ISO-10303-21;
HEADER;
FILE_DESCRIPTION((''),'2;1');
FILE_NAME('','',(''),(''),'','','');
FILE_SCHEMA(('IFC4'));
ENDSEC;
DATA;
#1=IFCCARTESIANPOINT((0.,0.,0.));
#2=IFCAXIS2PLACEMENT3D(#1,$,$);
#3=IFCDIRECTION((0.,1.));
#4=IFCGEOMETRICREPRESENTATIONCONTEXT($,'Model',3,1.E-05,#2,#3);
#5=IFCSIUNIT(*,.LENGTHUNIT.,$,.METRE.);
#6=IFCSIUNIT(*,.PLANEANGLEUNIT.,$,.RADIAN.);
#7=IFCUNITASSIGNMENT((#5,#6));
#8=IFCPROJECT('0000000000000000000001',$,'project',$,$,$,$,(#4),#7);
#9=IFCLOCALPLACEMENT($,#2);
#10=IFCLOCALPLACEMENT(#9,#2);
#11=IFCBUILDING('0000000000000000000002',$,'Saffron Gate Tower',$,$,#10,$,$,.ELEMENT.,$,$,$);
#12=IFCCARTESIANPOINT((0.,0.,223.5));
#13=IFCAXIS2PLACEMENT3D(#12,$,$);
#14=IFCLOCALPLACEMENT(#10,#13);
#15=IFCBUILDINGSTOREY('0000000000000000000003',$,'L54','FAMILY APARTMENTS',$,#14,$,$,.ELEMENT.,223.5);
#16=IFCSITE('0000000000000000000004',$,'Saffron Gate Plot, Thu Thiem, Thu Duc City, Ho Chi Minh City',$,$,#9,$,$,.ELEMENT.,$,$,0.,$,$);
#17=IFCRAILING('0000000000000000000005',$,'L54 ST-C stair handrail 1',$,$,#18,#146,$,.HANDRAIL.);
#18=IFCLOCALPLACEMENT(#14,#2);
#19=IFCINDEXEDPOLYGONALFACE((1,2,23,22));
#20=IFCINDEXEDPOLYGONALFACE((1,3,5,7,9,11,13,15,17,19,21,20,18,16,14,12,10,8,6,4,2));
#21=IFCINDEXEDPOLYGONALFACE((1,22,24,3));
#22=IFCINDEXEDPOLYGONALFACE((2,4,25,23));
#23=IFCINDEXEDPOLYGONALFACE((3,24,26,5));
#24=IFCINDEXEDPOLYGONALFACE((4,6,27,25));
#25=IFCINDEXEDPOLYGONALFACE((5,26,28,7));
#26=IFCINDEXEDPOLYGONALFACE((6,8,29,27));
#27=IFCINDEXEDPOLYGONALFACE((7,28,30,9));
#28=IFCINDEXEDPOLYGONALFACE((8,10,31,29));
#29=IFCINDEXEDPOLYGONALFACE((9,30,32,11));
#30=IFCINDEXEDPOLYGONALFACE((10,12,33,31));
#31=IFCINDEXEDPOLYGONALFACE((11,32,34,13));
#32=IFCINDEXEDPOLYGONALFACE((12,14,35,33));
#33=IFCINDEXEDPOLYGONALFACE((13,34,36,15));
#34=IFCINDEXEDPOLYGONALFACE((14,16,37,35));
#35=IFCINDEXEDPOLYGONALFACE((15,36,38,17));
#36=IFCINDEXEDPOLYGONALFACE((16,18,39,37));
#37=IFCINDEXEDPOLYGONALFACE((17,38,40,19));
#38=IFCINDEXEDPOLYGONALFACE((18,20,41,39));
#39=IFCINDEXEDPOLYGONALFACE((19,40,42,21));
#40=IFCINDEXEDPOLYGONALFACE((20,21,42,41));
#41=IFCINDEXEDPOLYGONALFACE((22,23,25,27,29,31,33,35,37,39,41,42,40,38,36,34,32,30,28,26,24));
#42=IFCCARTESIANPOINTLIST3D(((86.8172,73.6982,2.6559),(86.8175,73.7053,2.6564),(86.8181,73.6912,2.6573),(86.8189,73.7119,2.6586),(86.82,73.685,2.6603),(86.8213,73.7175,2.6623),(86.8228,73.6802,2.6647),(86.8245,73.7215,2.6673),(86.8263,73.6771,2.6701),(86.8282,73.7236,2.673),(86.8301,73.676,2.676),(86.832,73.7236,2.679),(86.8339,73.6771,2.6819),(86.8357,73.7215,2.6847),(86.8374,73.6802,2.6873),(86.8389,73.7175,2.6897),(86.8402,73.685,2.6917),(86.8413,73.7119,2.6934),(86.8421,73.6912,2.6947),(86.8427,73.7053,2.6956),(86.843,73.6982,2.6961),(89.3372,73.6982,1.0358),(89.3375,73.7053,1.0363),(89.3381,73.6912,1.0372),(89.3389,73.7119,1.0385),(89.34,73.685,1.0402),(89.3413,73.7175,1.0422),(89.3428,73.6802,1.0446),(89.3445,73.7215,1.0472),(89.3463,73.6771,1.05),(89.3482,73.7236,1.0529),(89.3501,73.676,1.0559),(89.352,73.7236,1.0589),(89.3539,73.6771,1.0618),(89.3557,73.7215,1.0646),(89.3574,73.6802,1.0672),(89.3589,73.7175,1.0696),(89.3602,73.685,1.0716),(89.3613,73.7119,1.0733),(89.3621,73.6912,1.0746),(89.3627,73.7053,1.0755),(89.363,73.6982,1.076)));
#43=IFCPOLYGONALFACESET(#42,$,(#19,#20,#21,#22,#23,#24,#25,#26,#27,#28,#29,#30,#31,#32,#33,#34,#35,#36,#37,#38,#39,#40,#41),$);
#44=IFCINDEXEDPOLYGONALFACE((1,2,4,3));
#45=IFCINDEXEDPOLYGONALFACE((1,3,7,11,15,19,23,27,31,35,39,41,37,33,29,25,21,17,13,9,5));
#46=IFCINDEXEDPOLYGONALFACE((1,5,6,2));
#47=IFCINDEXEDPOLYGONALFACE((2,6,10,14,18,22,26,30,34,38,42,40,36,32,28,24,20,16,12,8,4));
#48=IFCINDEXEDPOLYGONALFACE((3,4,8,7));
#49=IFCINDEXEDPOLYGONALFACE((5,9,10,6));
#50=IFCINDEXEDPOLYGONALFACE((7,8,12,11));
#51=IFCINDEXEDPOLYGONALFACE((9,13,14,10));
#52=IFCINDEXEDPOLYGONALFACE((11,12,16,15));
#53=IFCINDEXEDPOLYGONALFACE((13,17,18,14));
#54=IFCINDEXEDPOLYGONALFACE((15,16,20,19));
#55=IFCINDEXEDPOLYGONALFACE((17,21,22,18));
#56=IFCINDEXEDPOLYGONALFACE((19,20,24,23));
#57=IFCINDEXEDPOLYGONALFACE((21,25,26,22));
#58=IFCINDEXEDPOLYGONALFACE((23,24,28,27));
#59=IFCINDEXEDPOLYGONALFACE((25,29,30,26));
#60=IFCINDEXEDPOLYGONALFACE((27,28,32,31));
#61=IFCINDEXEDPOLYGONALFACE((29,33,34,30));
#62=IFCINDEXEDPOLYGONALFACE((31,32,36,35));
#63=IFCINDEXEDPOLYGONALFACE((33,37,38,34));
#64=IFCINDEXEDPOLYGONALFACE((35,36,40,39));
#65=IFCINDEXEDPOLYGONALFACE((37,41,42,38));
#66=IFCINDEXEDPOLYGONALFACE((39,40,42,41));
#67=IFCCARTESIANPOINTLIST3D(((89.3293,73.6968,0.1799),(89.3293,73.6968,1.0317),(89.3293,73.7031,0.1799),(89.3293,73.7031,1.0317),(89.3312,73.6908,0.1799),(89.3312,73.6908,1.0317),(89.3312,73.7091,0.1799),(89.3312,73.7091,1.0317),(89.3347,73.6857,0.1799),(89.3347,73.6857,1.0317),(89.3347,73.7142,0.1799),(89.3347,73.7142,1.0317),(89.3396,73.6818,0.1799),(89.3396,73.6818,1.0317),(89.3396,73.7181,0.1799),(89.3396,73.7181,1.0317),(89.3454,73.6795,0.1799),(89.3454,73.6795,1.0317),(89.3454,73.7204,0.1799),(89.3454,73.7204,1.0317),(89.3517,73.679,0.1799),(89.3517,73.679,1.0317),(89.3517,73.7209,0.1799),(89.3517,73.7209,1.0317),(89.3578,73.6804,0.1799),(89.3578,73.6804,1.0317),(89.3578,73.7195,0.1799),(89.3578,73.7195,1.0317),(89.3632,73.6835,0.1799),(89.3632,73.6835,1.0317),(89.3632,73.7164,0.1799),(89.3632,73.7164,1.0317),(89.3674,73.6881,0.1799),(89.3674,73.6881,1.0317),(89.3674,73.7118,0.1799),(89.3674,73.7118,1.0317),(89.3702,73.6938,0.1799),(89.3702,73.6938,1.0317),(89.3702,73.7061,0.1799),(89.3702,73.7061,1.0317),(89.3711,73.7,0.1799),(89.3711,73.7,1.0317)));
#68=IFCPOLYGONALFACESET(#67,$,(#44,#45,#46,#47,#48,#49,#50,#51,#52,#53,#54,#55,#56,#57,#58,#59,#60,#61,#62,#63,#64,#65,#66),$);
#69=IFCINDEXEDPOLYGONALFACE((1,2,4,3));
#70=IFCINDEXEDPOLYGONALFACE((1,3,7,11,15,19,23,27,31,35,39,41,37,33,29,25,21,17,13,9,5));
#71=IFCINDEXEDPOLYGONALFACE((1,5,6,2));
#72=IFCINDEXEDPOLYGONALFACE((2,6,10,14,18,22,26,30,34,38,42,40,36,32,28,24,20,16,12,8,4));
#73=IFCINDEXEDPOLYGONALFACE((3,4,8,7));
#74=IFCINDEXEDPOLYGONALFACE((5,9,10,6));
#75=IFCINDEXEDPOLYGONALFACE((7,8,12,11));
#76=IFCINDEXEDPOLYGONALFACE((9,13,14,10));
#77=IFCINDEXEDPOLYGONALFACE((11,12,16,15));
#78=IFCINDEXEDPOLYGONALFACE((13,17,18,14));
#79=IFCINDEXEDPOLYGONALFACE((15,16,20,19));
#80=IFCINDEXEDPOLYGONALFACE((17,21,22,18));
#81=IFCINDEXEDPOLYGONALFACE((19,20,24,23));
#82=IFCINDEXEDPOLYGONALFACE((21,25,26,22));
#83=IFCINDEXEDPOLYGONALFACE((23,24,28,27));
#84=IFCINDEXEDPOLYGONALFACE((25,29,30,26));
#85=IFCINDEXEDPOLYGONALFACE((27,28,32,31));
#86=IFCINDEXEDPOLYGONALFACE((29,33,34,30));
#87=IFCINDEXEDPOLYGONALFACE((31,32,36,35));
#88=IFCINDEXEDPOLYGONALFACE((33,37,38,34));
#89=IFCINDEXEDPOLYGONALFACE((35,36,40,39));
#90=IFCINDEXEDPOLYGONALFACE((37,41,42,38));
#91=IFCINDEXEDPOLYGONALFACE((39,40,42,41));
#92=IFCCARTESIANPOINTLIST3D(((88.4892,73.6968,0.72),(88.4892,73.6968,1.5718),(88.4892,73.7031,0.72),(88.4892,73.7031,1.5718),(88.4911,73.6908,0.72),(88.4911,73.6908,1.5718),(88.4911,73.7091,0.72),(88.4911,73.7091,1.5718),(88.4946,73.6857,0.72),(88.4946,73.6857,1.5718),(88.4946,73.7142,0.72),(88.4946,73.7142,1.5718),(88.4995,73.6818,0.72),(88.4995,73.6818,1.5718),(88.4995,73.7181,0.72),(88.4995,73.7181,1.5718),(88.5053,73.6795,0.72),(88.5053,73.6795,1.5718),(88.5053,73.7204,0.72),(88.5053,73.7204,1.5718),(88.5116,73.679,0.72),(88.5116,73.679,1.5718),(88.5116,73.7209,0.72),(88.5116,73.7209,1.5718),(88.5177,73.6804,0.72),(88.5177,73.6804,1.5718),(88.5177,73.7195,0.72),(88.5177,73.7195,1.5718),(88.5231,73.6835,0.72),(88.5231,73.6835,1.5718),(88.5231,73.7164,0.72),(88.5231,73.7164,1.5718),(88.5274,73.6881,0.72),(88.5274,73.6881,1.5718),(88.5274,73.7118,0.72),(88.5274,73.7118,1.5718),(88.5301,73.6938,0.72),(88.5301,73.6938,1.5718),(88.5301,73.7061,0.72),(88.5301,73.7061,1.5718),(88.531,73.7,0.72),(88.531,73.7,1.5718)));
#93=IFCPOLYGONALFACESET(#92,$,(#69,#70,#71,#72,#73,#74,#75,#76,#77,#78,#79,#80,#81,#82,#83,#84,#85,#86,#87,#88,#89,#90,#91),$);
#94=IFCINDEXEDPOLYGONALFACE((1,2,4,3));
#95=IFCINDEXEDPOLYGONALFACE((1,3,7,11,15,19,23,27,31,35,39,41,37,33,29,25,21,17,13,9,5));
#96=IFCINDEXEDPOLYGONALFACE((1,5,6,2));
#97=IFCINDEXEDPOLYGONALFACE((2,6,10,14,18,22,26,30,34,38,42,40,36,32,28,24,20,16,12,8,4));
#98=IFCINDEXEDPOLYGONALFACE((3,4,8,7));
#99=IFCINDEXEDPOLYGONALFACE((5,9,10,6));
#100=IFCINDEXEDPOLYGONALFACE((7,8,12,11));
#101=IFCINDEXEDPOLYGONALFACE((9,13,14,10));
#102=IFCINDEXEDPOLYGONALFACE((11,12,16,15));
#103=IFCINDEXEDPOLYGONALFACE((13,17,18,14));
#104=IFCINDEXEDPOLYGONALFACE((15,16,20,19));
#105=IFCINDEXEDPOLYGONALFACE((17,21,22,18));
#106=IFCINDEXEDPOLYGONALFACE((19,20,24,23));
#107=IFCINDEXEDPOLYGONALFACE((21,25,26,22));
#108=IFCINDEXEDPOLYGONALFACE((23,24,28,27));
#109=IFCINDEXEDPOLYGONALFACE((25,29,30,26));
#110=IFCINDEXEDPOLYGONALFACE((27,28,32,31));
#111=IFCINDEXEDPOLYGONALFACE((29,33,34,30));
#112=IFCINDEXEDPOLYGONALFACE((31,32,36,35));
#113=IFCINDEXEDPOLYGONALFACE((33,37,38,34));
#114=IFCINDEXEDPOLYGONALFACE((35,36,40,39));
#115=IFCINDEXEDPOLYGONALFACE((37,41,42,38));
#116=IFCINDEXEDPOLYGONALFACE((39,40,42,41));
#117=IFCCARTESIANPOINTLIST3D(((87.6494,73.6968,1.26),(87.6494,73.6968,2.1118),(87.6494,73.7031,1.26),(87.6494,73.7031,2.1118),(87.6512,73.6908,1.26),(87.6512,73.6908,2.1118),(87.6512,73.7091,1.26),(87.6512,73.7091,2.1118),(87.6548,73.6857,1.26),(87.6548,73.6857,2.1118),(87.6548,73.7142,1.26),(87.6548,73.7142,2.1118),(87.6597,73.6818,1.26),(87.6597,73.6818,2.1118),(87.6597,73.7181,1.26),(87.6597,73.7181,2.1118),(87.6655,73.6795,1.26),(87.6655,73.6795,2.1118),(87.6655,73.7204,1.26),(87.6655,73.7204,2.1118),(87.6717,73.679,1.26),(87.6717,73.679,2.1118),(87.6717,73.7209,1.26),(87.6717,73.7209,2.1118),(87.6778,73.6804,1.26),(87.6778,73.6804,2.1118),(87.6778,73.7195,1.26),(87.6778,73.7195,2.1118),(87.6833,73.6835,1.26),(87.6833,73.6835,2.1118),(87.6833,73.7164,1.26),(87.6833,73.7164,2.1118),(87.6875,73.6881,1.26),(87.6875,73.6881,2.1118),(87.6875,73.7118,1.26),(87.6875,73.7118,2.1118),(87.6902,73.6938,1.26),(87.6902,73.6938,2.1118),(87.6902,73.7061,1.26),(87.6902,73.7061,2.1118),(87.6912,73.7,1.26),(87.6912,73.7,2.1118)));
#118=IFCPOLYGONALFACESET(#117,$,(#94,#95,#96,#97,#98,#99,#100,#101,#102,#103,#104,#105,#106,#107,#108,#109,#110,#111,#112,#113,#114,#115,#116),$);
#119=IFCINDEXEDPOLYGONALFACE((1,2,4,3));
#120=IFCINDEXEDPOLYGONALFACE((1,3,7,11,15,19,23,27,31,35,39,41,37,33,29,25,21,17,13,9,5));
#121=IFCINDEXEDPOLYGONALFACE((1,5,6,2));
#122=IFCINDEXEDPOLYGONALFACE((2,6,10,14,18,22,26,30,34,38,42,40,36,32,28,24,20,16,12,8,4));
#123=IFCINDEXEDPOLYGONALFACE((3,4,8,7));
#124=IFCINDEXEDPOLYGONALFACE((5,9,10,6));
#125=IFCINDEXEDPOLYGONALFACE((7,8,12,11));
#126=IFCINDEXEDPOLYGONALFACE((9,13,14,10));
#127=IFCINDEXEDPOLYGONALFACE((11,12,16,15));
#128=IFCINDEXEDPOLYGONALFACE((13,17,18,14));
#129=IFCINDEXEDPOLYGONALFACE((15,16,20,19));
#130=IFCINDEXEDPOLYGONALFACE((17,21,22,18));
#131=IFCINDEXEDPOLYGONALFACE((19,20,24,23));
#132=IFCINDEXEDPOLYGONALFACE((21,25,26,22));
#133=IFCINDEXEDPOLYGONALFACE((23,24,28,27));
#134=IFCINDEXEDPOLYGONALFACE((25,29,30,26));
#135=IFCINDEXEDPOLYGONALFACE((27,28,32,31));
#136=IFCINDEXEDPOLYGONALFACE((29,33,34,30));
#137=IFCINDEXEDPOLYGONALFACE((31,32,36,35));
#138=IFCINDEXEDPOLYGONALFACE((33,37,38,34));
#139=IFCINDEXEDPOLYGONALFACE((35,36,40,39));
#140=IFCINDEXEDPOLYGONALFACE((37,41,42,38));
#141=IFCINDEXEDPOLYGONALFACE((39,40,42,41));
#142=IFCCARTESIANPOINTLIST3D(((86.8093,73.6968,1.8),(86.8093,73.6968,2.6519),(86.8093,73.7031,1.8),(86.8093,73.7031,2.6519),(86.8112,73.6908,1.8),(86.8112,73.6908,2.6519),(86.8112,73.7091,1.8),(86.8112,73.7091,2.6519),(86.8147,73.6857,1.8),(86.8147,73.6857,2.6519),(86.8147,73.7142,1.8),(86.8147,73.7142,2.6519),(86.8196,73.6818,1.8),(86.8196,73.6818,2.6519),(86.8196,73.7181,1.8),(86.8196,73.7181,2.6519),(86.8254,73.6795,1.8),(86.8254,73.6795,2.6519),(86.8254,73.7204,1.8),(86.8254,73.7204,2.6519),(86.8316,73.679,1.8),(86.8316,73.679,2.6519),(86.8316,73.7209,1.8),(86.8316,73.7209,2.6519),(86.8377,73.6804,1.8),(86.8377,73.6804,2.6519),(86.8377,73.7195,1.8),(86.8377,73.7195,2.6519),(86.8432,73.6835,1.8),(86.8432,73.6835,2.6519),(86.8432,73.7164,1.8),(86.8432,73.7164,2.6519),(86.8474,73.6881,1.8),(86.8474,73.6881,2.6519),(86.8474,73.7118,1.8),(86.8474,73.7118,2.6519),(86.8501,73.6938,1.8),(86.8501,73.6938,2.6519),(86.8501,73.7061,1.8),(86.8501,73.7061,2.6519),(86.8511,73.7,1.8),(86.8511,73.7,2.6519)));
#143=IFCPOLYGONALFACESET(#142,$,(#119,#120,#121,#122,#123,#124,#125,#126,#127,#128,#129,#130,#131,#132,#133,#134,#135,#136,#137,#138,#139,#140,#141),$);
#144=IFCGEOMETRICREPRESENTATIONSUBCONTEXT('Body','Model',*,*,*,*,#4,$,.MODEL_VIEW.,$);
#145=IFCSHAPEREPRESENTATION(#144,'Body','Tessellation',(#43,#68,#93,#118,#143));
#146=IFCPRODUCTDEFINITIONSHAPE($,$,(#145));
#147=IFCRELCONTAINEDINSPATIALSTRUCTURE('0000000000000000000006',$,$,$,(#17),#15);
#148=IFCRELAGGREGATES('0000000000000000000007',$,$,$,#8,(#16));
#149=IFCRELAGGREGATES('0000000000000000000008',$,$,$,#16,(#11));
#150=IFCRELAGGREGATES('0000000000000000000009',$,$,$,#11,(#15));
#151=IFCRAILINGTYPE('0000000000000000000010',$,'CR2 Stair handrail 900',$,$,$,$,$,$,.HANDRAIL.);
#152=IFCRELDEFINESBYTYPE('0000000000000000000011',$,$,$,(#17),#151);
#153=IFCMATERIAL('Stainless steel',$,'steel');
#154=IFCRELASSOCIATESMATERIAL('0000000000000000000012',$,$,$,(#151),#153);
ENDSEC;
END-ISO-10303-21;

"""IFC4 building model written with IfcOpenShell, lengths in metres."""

from ifc_helpers import new_model, si_unit, direction, frame, origin, origin_2d, place, context, subcontext, project, spatial, circle, extrude, material, type_object, element, save


model = new_model("IFC4")

# Units and contexts
model_context = context("Model", 3, precision=1e-05, world=origin(), true_north=direction((0.0, 1.0)))
body_context = subcontext(model_context, "Body", "Model", "MODEL_VIEW")
ifc_project = project(units=[si_unit("LENGTHUNIT", "METRE"), si_unit("PLANEANGLEUNIT", "RADIAN")], contexts=[model_context])

# Site, building, storey
site_placement = place(None, origin())
site = spatial("IfcSite", under=ifc_project, at=site_placement, Name="Saffron Gate Plot, Thu Thiem, Thu Duc City, Ho Chi Minh City", CompositionType="ELEMENT", RefElevation=0.0)
building_placement = place(site_placement, origin())
building = spatial("IfcBuilding", under=site, at=building_placement, Name="Saffron Gate Tower", CompositionType="ELEMENT")
storey_placement = place(building_placement, frame((0.0, 0.0, 223.5)))
storey = spatial("IfcBuildingStorey", under=building, at=storey_placement, Name="L54", Description="FAMILY APARTMENTS", CompositionType="ELEMENT", Elevation=223.5)

# Railing
ifc_material_1 = material(Name="Stainless steel", Category="steel")
railing_type_1 = type_object("IfcRailingType", Name="CR2 Stair handrail 900", PredefinedType="HANDRAIL", material=ifc_material_1)
railing_1_placement = place(storey_placement, frame((89.3501, 73.7, 0.1799)))
element("IfcRailing", 1, at=railing_1_placement, inside=storey, type_object=railing_type_1, Name="L54 ST-C stair handrail 1", PredefinedType="HANDRAIL", context=body_context, shape_type="SweptSolid", body=[
    extrude(circle(Radius=0.0239, at=origin_2d()), frame((0.0, 0.0, 0.876), z_axis=(-0.841163, 0.0, 0.540782), x_axis=(0.0, -1.0, 0.0)), (0.0, 0.0, 1.0), 2.9958),
    extrude(circle(Radius=0.021, at=origin_2d()), origin(), (0.0, 0.0, 1.0), 0.8518),
    extrude(circle(Radius=0.021, at=origin_2d()), frame((-0.8401, 0.0, 0.54)), (0.0, 0.0, 1.0), 0.8518),
    extrude(circle(Radius=0.021, at=origin_2d()), frame((-1.6799, 0.0, 1.0801)), (0.0, 0.0, 1.0), 0.8518),
    extrude(circle(Radius=0.021, at=origin_2d()), frame((-2.52, 0.0, 1.6201)), (0.0, 0.0, 1.0), 0.8518),
])

save(model, "model.ifc")
